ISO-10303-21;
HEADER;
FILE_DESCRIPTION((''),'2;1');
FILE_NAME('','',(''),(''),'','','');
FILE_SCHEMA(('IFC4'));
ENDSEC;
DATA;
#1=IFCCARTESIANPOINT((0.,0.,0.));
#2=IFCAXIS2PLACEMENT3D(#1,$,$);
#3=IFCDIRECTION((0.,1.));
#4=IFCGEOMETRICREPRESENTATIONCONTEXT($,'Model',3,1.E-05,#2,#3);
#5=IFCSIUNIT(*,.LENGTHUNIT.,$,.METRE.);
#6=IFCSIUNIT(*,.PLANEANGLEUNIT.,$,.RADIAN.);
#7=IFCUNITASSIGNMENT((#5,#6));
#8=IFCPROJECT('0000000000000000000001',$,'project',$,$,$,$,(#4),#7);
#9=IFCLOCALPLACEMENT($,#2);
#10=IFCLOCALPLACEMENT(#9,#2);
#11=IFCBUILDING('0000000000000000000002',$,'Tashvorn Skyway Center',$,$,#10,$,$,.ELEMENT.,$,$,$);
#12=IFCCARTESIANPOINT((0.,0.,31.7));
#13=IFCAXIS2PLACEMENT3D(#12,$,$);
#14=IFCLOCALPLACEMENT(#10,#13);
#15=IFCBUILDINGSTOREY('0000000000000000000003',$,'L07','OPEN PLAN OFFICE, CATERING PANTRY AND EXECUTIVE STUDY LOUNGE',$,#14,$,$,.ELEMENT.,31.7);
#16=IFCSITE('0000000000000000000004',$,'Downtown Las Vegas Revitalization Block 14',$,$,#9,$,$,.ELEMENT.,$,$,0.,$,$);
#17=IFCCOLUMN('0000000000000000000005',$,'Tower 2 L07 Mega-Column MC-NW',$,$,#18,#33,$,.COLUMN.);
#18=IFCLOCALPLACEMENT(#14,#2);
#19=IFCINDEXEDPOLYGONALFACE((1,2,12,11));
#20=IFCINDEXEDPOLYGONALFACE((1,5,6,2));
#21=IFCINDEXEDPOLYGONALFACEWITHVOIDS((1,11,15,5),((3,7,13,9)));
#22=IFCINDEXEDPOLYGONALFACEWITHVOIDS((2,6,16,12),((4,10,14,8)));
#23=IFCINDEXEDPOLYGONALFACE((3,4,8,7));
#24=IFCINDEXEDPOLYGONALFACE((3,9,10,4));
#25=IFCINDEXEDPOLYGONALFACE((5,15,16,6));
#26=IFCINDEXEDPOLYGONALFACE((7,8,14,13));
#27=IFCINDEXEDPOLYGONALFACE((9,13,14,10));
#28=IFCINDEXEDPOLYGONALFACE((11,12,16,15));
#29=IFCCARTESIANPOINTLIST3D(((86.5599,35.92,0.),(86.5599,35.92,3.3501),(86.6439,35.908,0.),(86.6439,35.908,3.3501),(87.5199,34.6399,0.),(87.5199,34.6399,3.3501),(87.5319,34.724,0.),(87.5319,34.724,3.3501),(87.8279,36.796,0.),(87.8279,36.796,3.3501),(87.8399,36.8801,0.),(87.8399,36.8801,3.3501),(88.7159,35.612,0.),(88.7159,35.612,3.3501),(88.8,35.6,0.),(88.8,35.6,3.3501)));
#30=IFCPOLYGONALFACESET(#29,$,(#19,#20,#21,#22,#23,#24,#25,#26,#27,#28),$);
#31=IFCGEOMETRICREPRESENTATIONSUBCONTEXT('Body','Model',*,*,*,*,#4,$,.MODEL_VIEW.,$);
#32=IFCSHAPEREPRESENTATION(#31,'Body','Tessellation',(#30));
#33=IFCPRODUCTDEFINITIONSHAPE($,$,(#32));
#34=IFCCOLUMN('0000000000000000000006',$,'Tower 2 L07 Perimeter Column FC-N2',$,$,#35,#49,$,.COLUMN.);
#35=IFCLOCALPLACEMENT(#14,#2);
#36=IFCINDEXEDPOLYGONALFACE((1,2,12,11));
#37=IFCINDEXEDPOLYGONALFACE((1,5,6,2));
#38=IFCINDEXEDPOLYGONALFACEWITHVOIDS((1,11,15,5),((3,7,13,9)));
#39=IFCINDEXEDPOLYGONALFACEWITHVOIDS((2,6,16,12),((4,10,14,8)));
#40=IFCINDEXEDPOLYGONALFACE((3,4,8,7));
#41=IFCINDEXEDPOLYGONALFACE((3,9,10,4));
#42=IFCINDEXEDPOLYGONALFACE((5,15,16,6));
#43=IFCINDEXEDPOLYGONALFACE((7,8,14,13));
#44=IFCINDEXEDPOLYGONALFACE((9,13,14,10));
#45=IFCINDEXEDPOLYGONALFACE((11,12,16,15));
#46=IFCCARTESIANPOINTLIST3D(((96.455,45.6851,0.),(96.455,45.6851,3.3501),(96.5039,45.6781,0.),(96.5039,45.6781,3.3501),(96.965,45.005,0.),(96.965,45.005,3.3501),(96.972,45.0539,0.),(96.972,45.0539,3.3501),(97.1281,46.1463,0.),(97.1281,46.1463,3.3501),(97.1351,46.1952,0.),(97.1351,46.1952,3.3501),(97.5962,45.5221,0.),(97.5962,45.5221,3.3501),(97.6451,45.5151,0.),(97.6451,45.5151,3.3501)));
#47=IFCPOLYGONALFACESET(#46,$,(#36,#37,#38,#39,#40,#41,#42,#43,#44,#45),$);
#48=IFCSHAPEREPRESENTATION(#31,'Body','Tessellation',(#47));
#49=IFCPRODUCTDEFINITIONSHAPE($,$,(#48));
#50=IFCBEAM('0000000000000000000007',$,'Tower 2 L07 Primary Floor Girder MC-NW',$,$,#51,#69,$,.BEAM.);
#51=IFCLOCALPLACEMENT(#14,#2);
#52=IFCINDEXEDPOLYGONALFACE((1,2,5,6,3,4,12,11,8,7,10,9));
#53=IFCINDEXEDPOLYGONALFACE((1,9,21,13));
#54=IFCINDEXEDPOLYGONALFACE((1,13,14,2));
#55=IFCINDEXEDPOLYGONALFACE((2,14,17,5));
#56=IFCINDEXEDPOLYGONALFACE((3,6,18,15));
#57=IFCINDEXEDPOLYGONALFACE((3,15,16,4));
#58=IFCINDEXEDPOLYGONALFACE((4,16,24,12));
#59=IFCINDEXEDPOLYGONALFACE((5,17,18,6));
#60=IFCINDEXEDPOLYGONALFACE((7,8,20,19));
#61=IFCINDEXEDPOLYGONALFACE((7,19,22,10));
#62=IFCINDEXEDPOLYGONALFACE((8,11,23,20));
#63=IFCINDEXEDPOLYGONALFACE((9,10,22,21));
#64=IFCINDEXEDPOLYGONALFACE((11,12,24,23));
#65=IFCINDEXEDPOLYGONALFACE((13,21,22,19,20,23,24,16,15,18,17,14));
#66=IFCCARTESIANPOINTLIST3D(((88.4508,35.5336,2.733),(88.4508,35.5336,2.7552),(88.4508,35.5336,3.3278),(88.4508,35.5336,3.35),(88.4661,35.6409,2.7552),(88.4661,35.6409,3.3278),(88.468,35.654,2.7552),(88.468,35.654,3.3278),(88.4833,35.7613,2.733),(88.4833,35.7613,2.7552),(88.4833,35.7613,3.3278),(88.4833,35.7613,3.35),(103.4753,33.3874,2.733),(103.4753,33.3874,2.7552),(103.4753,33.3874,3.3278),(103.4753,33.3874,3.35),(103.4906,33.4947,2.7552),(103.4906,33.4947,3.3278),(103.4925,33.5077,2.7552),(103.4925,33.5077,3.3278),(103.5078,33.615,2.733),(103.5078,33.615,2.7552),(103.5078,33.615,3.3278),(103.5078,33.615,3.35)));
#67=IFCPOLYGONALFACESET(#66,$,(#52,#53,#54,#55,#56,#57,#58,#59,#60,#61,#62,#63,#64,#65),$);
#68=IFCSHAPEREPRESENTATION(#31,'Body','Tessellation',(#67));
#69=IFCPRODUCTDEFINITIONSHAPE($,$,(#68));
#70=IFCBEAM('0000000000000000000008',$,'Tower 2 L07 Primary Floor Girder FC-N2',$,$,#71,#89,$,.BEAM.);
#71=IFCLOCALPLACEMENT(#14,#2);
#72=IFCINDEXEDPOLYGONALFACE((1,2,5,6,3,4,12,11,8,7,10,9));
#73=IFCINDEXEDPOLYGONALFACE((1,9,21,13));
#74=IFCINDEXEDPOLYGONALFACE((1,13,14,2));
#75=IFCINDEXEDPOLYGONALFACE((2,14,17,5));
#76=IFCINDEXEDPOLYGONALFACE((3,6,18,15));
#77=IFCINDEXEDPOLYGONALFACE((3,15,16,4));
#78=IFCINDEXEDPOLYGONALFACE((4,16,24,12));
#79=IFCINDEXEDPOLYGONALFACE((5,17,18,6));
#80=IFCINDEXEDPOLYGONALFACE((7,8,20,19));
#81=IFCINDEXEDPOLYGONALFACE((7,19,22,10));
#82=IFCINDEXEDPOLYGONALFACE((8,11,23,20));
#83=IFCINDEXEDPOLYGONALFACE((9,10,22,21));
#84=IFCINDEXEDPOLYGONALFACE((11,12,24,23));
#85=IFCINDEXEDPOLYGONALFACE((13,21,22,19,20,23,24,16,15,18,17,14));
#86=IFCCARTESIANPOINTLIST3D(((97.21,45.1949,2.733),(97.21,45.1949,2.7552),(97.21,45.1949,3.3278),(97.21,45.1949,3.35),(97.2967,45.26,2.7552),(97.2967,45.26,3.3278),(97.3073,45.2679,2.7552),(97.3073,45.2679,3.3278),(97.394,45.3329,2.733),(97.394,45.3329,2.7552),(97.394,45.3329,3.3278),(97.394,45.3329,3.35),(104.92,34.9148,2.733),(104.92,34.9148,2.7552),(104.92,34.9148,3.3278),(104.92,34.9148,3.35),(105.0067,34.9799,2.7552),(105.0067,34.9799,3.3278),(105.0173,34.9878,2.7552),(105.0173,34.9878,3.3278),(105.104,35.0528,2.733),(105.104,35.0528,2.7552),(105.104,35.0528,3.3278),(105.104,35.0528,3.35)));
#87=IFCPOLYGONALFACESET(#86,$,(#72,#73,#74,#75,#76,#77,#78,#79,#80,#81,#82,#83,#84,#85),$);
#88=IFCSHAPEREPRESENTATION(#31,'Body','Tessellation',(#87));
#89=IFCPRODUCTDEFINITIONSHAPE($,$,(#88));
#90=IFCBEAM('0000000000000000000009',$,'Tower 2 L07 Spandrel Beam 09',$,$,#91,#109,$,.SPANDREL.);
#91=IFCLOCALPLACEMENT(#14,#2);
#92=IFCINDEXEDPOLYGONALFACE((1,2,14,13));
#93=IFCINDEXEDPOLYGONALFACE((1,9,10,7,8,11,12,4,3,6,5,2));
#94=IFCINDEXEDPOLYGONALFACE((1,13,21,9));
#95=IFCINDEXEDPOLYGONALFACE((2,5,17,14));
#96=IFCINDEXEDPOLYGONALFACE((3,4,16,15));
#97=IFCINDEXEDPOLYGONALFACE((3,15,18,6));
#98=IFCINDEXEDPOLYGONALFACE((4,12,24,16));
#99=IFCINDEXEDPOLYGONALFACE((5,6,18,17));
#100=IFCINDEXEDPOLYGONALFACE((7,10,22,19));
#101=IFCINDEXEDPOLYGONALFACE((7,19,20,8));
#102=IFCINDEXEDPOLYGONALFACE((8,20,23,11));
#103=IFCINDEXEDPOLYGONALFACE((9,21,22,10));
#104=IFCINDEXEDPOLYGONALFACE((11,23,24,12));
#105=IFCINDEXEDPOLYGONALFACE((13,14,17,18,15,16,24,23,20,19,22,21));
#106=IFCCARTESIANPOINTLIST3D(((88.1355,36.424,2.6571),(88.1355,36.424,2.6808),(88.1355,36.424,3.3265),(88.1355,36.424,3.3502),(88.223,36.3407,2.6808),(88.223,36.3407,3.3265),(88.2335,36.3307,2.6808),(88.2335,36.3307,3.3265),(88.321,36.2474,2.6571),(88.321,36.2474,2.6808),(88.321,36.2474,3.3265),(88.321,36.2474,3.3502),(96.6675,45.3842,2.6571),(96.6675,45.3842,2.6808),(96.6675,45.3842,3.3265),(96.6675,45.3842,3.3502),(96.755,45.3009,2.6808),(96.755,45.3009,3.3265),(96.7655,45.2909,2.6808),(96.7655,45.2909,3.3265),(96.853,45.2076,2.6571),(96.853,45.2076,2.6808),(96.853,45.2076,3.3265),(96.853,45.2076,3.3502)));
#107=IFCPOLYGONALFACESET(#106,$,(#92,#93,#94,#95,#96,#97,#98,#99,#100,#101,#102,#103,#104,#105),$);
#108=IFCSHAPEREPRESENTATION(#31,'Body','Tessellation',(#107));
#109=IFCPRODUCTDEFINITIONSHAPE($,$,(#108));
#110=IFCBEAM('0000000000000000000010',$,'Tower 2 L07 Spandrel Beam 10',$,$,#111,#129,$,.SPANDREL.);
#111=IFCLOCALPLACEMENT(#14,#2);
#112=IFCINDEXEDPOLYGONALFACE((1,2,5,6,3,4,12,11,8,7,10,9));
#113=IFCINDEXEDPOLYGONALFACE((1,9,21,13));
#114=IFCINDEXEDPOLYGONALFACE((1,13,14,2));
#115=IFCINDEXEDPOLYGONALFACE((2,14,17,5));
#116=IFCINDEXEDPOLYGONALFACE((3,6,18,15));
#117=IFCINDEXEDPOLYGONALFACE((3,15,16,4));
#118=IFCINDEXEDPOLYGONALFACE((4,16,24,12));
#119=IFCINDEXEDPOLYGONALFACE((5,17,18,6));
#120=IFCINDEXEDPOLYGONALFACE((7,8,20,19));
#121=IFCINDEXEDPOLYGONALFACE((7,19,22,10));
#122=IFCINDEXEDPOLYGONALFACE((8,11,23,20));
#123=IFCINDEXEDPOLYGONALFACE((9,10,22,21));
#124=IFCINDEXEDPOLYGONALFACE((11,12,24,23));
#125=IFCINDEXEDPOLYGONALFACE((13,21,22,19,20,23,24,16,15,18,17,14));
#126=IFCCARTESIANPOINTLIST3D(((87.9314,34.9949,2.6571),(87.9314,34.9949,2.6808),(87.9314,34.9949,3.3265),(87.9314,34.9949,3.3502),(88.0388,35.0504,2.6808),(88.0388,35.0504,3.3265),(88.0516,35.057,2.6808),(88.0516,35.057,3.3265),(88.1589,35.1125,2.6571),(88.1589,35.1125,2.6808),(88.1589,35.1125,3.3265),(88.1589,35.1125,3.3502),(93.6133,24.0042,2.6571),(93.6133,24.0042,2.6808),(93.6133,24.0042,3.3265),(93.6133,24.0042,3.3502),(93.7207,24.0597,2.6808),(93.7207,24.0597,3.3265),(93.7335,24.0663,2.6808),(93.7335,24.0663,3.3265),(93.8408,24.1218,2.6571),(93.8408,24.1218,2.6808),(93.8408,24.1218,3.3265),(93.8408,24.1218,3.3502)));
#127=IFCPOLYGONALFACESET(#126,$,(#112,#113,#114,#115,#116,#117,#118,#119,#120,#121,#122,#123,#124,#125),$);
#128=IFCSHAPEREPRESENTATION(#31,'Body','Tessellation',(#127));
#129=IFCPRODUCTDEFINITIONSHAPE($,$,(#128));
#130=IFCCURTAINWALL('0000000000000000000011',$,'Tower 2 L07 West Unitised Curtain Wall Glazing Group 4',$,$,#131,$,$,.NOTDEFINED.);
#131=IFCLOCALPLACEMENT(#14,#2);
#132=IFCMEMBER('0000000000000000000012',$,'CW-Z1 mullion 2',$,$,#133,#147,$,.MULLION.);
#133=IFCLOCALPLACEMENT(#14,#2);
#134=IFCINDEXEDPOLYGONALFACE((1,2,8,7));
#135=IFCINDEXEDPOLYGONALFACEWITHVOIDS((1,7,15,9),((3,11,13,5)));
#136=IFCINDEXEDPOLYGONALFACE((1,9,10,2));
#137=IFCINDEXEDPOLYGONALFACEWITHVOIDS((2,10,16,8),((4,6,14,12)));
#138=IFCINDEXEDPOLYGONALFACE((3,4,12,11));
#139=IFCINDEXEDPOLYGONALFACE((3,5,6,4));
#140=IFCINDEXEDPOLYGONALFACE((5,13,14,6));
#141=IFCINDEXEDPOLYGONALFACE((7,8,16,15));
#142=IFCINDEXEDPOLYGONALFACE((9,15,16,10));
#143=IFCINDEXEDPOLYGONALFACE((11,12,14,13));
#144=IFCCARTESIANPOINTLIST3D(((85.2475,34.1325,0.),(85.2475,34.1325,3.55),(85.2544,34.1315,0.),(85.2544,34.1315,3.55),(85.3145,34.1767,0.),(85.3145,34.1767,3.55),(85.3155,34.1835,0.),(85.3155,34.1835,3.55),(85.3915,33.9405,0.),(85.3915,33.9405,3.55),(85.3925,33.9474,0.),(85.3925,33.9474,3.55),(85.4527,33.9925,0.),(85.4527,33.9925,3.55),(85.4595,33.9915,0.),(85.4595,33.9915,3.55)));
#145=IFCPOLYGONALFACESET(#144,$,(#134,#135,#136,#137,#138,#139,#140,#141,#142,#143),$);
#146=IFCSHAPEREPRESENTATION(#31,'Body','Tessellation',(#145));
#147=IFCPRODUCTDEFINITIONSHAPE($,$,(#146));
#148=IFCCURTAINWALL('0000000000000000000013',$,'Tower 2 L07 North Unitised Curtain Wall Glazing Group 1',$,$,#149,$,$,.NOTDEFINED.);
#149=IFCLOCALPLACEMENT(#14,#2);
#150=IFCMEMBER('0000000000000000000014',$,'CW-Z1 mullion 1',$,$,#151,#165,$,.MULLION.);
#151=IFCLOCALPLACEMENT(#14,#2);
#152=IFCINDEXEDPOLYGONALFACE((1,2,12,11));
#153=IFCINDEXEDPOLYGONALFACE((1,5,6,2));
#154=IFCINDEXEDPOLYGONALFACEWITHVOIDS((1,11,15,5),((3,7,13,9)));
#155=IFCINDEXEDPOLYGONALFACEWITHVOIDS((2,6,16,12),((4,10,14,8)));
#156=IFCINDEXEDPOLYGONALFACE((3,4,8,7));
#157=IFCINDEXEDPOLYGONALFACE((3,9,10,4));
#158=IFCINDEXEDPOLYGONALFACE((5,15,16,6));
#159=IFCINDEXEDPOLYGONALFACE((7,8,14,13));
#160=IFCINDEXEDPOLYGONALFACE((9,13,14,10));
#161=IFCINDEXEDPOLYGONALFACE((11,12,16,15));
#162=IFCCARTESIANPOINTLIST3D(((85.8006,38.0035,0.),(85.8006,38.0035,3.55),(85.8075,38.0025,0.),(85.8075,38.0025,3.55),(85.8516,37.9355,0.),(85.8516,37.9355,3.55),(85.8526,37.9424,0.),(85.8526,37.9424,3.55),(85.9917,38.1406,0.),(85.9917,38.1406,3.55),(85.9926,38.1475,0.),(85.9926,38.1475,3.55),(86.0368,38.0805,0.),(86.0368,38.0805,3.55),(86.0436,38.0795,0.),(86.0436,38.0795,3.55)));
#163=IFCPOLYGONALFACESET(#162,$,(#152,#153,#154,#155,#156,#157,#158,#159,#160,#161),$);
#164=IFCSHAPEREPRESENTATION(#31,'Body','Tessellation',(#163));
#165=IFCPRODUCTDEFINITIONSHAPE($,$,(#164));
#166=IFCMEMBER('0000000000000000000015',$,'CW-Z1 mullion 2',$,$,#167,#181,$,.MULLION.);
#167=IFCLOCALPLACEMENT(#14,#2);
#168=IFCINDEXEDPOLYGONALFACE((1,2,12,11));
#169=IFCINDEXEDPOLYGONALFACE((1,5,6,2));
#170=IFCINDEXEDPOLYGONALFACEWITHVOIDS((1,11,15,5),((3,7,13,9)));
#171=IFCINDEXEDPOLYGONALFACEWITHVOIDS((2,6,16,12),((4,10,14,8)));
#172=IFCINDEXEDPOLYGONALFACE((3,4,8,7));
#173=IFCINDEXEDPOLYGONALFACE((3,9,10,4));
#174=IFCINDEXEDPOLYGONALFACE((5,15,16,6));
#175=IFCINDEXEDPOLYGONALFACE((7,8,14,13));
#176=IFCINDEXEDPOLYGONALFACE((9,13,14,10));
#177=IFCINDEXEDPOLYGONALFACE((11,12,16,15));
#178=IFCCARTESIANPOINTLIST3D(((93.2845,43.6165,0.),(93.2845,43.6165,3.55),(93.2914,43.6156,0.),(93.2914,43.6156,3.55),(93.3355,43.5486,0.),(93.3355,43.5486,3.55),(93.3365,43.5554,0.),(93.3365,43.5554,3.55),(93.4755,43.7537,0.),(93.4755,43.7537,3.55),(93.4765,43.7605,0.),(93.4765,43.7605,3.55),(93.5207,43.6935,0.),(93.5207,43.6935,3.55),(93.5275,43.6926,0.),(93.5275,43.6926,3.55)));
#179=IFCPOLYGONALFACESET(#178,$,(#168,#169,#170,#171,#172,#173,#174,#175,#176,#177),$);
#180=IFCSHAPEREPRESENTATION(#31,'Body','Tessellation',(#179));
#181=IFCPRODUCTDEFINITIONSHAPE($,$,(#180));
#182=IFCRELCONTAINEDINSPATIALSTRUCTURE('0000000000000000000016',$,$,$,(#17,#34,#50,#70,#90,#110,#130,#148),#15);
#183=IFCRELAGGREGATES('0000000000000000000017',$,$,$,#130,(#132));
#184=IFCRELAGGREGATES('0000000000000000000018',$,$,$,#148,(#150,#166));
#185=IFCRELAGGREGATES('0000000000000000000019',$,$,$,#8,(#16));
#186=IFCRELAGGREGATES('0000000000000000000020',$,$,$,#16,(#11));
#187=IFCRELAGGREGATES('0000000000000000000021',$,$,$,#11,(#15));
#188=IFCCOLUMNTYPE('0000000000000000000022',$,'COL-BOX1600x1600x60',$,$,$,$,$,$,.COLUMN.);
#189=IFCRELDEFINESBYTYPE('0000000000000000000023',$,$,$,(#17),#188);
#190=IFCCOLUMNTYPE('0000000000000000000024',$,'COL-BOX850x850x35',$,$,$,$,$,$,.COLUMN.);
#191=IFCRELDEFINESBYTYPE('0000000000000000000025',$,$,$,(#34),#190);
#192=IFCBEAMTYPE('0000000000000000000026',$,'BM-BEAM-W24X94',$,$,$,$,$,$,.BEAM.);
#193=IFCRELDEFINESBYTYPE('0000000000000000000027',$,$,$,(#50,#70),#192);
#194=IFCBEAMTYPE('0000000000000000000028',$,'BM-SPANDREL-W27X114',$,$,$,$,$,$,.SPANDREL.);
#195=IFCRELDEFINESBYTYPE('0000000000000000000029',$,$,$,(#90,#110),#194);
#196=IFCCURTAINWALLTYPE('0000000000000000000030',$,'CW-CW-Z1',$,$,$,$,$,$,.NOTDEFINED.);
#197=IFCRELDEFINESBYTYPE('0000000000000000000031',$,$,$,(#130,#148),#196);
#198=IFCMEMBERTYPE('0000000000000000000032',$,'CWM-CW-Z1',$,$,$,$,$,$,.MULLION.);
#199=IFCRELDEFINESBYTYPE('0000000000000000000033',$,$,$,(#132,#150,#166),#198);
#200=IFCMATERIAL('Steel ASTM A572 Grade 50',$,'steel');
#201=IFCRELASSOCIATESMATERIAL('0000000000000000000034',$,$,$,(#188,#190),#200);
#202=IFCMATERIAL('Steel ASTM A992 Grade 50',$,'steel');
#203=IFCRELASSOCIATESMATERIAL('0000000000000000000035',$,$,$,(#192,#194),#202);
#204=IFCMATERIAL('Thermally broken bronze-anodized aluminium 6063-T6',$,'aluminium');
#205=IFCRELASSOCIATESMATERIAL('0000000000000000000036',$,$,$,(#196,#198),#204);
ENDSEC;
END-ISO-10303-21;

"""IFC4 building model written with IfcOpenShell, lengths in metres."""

from ifc_helpers import new_model, si_unit, direction, frame, origin, origin_2d, place, context, subcontext, project, spatial, hollow_rectangle, i_section, extrude, material, material_profile, profile_set, type_object, element, aggregate, save


model = new_model("IFC4")

# Units and contexts
model_context = context("Model", 3, precision=1e-05, world=origin(), true_north=direction((0.0, 1.0)))
body_context = subcontext(model_context, "Body", "Model", "MODEL_VIEW")
ifc_project = project(units=[si_unit("LENGTHUNIT", "METRE"), si_unit("PLANEANGLEUNIT", "RADIAN")], contexts=[model_context])

# Site, building, storey
site_placement = place(None, origin())
site = spatial("IfcSite", under=ifc_project, at=site_placement, Name="Downtown Las Vegas Revitalization Block 14", CompositionType="ELEMENT", RefElevation=0.0)
building_placement = place(site_placement, origin())
building = spatial("IfcBuilding", under=site, at=building_placement, Name="Tashvorn Skyway Center", CompositionType="ELEMENT")
storey_placement = place(building_placement, frame((0.0, 0.0, 31.7)))
storey = spatial("IfcBuildingStorey", under=building, at=storey_placement, Name="L07", Description="OPEN PLAN OFFICE, CATERING PANTRY AND EXECUTIVE STUDY LOUNGE", CompositionType="ELEMENT", Elevation=31.7)

# Columns
ifc_material_1 = material(Name="Steel ASTM A572 Grade 50", Category="steel")
ifc_material_profile_1 = material_profile(ifc_material_1, hollow_rectangle(XDim=1.6001, YDim=1.6001, WallThickness=0.0601, at=origin_2d()), Name="BOX1600x1600x60")
ifc_profile_set_1 = profile_set([ifc_material_profile_1], Name="Steel ASTM A572 Grade 50")
column_type_1 = type_object("IfcColumnType", Name="COL-BOX1600x1600x60", PredefinedType="COLUMN", material=ifc_profile_set_1)
column_1_placement = place(storey_placement, frame((87.6799, 35.76, 0.0), z_axis=(0.0, 0.0, 1.0), x_axis=(0.8, 0.6, 0.0)))
element("IfcColumn", 1, at=column_1_placement, inside=storey, type_object=column_type_1, Name="Tower 2 L07 Mega-Column MC-NW", PredefinedType="COLUMN", context=body_context, shape_type="SweptSolid", body=[
    extrude(hollow_rectangle(XDim=1.6001, YDim=1.6001, WallThickness=0.0601, at=origin_2d()), origin(), (0.0, 0.0, 1.0), 3.3501),
])
ifc_material_profile_2 = material_profile(ifc_material_1, hollow_rectangle(XDim=0.8501, YDim=0.8501, WallThickness=0.0349, at=origin_2d()), Name="BOX850x850x35")
ifc_profile_set_2 = profile_set([ifc_material_profile_2], Name="Steel ASTM A572 Grade 50")
column_type_2 = type_object("IfcColumnType", Name="COL-BOX850x850x35", PredefinedType="COLUMN", material=ifc_profile_set_2)
column_2_placement = place(storey_placement, frame((97.05, 45.6001, 0.0), z_axis=(0.0, 0.0, 1.0), x_axis=(0.8, 0.6, 0.0)))
element("IfcColumn", 2, at=column_2_placement, inside=storey, type_object=column_type_2, Name="Tower 2 L07 Perimeter Column FC-N2", PredefinedType="COLUMN", context=body_context, shape_type="SweptSolid", body=[
    extrude(hollow_rectangle(XDim=0.8501, YDim=0.8501, WallThickness=0.0349, at=origin_2d()), origin(), (0.0, 0.0, 1.0), 3.3501),
])

# Beams
ifc_material_2 = material(Name="Steel ASTM A992 Grade 50", Category="steel")
ifc_material_profile_3 = material_profile(ifc_material_2, i_section(OverallWidth=0.23, OverallDepth=0.6169, WebThickness=0.0132, FlangeThickness=0.0222, at=origin_2d()), Name="W24X94")
ifc_profile_set_3 = profile_set([ifc_material_profile_3], Name="Steel ASTM A992 Grade 50")
beam_type_1 = type_object("IfcBeamType", Name="BM-BEAM-W24X94", PredefinedType="BEAM", material=ifc_profile_set_3)
beam_1_placement = place(storey_placement, frame((88.467, 35.6475, 3.0415), z_axis=(0.98995, -0.141415, 0.0), x_axis=(0.141415, 0.98995, 0.0)))
element("IfcBeam", 3, at=beam_1_placement, inside=storey, type_object=beam_type_1, Name="Tower 2 L07 Primary Floor Girder MC-NW", PredefinedType="BEAM", context=body_context, shape_type="SweptSolid", body=[
    extrude(i_section(OverallWidth=0.23, OverallDepth=0.6169, WebThickness=0.0132, FlangeThickness=0.0222, at=origin_2d()), origin(), (0.0, 0.0, 1.0), 15.177),
])
beam_2_placement = place(storey_placement, frame((97.302, 45.2639, 3.0415), z_axis=(0.599997, -0.800002, 0.0), x_axis=(0.800002, 0.599997, 0.0)))
element("IfcBeam", 4, at=beam_2_placement, inside=storey, type_object=beam_type_1, Name="Tower 2 L07 Primary Floor Girder FC-N2", PredefinedType="BEAM", context=body_context, shape_type="SweptSolid", body=[
    extrude(i_section(OverallWidth=0.23, OverallDepth=0.6169, WebThickness=0.0132, FlangeThickness=0.0222, at=origin_2d()), origin(), (0.0, 0.0, 1.0), 12.8501),
])
ifc_material_profile_4 = material_profile(ifc_material_2, i_section(OverallWidth=0.2561, OverallDepth=0.6931, WebThickness=0.0144, FlangeThickness=0.0237, at=origin_2d()), Name="W27X114")
ifc_profile_set_4 = profile_set([ifc_material_profile_4], Name="Steel ASTM A992 Grade 50")
beam_type_2 = type_object("IfcBeamType", Name="BM-SPANDREL-W27X114", PredefinedType="SPANDREL", material=ifc_profile_set_4)
for number, where, z_axis, x_axis, name in (
    (5, (96.7603, 45.2959, 3.0037), (-0.68959, -0.7242, 0.0), (0.7242, -0.68959, 0.0), "Tower 2 L07 Spandrel Beam 09"),
    (6, (88.0452, 35.0537, 3.0037), (0.459233, -0.888316, 0.0), (0.888316, 0.459233, 0.0), "Tower 2 L07 Spandrel Beam 10"),
):
    element("IfcBeam", number, at=place(storey_placement, frame(where, z_axis=z_axis, x_axis=x_axis)), inside=storey, type_object=beam_type_2, Name=name, PredefinedType="SPANDREL", context=body_context, shape_type="SweptSolid", body=[
        extrude(i_section(OverallWidth=0.2561, OverallDepth=0.6931, WebThickness=0.0144, FlangeThickness=0.0237, at=origin_2d()), origin(), (0.0, 0.0, 1.0), 12.3726),
    ])

# Curtain wall, member
ifc_material_3 = material(Name="Thermally broken bronze-anodized aluminium 6063-T6", Category="aluminium")
curtain_wall_type = type_object("IfcCurtainWallType", Name="CW-CW-Z1", PredefinedType="NOTDEFINED", material=ifc_material_3)
curtain_wall_1_placement = place(storey_placement, origin())
curtain_wall_1 = element("IfcCurtainWall", 7, at=curtain_wall_1_placement, inside=storey, type_object=curtain_wall_type, Name="Tower 2 L07 West Unitised Curtain Wall Glazing Group 4", PredefinedType="NOTDEFINED")
ifc_material_profile_5 = material_profile(ifc_material_3, hollow_rectangle(XDim=0.085, YDim=0.24, WallThickness=0.0049, at=origin_2d()), Name="ALU-MULL-85x240")
ifc_profile_set_5 = profile_set([ifc_material_profile_5], Name="Thermally broken bronze-anodized aluminium 6063-T6")
member_type_1 = type_object("IfcMemberType", Name="CWM-CW-Z1", PredefinedType="MULLION", material=ifc_profile_set_5)
member_1_placement = place(storey_placement, frame((85.3535, 34.062, 0.0), z_axis=(0.0, 0.0, 1.0), x_axis=(-0.8, -0.6, 0.0)))
member_1 = element("IfcMember", 8, at=member_1_placement, type_object=member_type_1, Name="CW-Z1 mullion 2", PredefinedType="MULLION", context=body_context, shape_type="SweptSolid", body=[
    extrude(hollow_rectangle(XDim=0.085, YDim=0.24, WallThickness=0.0049, at=origin_2d()), origin(), (0.0, 0.0, 1.0), 3.55),
])
aggregate(curtain_wall_1, [member_1])

# Curtain wall, members
curtain_wall_2_placement = place(storey_placement, origin())
curtain_wall_2 = element("IfcCurtainWall", 9, at=curtain_wall_2_placement, inside=storey, type_object=curtain_wall_type, Name="Tower 2 L07 North Unitised Curtain Wall Glazing Group 1", PredefinedType="NOTDEFINED")
member_2_placement = place(storey_placement, frame((85.9221, 38.0415, 0.0), z_axis=(0.0, 0.0, 1.0), x_axis=(-0.6, 0.8, 0.0)))
member_2 = element("IfcMember", 10, at=member_2_placement, type_object=member_type_1, Name="CW-Z1 mullion 1", PredefinedType="MULLION", context=body_context, shape_type="SweptSolid", body=[
    extrude(hollow_rectangle(XDim=0.085, YDim=0.24, WallThickness=0.0049, at=origin_2d()), origin(), (0.0, 0.0, 1.0), 3.55),
])
member_3_placement = place(storey_placement, frame((93.406, 43.6545, 0.0), z_axis=(0.0, 0.0, 1.0), x_axis=(-0.6, 0.8, 0.0)))
member_3 = element("IfcMember", 11, at=member_3_placement, type_object=member_type_1, Name="CW-Z1 mullion 2", PredefinedType="MULLION", context=body_context, shape_type="SweptSolid", body=[
    extrude(hollow_rectangle(XDim=0.085, YDim=0.24, WallThickness=0.0049, at=origin_2d()), origin(), (0.0, 0.0, 1.0), 3.55),
])

aggregate(curtain_wall_2, [member_2, member_3])

save(model, "model.ifc")
